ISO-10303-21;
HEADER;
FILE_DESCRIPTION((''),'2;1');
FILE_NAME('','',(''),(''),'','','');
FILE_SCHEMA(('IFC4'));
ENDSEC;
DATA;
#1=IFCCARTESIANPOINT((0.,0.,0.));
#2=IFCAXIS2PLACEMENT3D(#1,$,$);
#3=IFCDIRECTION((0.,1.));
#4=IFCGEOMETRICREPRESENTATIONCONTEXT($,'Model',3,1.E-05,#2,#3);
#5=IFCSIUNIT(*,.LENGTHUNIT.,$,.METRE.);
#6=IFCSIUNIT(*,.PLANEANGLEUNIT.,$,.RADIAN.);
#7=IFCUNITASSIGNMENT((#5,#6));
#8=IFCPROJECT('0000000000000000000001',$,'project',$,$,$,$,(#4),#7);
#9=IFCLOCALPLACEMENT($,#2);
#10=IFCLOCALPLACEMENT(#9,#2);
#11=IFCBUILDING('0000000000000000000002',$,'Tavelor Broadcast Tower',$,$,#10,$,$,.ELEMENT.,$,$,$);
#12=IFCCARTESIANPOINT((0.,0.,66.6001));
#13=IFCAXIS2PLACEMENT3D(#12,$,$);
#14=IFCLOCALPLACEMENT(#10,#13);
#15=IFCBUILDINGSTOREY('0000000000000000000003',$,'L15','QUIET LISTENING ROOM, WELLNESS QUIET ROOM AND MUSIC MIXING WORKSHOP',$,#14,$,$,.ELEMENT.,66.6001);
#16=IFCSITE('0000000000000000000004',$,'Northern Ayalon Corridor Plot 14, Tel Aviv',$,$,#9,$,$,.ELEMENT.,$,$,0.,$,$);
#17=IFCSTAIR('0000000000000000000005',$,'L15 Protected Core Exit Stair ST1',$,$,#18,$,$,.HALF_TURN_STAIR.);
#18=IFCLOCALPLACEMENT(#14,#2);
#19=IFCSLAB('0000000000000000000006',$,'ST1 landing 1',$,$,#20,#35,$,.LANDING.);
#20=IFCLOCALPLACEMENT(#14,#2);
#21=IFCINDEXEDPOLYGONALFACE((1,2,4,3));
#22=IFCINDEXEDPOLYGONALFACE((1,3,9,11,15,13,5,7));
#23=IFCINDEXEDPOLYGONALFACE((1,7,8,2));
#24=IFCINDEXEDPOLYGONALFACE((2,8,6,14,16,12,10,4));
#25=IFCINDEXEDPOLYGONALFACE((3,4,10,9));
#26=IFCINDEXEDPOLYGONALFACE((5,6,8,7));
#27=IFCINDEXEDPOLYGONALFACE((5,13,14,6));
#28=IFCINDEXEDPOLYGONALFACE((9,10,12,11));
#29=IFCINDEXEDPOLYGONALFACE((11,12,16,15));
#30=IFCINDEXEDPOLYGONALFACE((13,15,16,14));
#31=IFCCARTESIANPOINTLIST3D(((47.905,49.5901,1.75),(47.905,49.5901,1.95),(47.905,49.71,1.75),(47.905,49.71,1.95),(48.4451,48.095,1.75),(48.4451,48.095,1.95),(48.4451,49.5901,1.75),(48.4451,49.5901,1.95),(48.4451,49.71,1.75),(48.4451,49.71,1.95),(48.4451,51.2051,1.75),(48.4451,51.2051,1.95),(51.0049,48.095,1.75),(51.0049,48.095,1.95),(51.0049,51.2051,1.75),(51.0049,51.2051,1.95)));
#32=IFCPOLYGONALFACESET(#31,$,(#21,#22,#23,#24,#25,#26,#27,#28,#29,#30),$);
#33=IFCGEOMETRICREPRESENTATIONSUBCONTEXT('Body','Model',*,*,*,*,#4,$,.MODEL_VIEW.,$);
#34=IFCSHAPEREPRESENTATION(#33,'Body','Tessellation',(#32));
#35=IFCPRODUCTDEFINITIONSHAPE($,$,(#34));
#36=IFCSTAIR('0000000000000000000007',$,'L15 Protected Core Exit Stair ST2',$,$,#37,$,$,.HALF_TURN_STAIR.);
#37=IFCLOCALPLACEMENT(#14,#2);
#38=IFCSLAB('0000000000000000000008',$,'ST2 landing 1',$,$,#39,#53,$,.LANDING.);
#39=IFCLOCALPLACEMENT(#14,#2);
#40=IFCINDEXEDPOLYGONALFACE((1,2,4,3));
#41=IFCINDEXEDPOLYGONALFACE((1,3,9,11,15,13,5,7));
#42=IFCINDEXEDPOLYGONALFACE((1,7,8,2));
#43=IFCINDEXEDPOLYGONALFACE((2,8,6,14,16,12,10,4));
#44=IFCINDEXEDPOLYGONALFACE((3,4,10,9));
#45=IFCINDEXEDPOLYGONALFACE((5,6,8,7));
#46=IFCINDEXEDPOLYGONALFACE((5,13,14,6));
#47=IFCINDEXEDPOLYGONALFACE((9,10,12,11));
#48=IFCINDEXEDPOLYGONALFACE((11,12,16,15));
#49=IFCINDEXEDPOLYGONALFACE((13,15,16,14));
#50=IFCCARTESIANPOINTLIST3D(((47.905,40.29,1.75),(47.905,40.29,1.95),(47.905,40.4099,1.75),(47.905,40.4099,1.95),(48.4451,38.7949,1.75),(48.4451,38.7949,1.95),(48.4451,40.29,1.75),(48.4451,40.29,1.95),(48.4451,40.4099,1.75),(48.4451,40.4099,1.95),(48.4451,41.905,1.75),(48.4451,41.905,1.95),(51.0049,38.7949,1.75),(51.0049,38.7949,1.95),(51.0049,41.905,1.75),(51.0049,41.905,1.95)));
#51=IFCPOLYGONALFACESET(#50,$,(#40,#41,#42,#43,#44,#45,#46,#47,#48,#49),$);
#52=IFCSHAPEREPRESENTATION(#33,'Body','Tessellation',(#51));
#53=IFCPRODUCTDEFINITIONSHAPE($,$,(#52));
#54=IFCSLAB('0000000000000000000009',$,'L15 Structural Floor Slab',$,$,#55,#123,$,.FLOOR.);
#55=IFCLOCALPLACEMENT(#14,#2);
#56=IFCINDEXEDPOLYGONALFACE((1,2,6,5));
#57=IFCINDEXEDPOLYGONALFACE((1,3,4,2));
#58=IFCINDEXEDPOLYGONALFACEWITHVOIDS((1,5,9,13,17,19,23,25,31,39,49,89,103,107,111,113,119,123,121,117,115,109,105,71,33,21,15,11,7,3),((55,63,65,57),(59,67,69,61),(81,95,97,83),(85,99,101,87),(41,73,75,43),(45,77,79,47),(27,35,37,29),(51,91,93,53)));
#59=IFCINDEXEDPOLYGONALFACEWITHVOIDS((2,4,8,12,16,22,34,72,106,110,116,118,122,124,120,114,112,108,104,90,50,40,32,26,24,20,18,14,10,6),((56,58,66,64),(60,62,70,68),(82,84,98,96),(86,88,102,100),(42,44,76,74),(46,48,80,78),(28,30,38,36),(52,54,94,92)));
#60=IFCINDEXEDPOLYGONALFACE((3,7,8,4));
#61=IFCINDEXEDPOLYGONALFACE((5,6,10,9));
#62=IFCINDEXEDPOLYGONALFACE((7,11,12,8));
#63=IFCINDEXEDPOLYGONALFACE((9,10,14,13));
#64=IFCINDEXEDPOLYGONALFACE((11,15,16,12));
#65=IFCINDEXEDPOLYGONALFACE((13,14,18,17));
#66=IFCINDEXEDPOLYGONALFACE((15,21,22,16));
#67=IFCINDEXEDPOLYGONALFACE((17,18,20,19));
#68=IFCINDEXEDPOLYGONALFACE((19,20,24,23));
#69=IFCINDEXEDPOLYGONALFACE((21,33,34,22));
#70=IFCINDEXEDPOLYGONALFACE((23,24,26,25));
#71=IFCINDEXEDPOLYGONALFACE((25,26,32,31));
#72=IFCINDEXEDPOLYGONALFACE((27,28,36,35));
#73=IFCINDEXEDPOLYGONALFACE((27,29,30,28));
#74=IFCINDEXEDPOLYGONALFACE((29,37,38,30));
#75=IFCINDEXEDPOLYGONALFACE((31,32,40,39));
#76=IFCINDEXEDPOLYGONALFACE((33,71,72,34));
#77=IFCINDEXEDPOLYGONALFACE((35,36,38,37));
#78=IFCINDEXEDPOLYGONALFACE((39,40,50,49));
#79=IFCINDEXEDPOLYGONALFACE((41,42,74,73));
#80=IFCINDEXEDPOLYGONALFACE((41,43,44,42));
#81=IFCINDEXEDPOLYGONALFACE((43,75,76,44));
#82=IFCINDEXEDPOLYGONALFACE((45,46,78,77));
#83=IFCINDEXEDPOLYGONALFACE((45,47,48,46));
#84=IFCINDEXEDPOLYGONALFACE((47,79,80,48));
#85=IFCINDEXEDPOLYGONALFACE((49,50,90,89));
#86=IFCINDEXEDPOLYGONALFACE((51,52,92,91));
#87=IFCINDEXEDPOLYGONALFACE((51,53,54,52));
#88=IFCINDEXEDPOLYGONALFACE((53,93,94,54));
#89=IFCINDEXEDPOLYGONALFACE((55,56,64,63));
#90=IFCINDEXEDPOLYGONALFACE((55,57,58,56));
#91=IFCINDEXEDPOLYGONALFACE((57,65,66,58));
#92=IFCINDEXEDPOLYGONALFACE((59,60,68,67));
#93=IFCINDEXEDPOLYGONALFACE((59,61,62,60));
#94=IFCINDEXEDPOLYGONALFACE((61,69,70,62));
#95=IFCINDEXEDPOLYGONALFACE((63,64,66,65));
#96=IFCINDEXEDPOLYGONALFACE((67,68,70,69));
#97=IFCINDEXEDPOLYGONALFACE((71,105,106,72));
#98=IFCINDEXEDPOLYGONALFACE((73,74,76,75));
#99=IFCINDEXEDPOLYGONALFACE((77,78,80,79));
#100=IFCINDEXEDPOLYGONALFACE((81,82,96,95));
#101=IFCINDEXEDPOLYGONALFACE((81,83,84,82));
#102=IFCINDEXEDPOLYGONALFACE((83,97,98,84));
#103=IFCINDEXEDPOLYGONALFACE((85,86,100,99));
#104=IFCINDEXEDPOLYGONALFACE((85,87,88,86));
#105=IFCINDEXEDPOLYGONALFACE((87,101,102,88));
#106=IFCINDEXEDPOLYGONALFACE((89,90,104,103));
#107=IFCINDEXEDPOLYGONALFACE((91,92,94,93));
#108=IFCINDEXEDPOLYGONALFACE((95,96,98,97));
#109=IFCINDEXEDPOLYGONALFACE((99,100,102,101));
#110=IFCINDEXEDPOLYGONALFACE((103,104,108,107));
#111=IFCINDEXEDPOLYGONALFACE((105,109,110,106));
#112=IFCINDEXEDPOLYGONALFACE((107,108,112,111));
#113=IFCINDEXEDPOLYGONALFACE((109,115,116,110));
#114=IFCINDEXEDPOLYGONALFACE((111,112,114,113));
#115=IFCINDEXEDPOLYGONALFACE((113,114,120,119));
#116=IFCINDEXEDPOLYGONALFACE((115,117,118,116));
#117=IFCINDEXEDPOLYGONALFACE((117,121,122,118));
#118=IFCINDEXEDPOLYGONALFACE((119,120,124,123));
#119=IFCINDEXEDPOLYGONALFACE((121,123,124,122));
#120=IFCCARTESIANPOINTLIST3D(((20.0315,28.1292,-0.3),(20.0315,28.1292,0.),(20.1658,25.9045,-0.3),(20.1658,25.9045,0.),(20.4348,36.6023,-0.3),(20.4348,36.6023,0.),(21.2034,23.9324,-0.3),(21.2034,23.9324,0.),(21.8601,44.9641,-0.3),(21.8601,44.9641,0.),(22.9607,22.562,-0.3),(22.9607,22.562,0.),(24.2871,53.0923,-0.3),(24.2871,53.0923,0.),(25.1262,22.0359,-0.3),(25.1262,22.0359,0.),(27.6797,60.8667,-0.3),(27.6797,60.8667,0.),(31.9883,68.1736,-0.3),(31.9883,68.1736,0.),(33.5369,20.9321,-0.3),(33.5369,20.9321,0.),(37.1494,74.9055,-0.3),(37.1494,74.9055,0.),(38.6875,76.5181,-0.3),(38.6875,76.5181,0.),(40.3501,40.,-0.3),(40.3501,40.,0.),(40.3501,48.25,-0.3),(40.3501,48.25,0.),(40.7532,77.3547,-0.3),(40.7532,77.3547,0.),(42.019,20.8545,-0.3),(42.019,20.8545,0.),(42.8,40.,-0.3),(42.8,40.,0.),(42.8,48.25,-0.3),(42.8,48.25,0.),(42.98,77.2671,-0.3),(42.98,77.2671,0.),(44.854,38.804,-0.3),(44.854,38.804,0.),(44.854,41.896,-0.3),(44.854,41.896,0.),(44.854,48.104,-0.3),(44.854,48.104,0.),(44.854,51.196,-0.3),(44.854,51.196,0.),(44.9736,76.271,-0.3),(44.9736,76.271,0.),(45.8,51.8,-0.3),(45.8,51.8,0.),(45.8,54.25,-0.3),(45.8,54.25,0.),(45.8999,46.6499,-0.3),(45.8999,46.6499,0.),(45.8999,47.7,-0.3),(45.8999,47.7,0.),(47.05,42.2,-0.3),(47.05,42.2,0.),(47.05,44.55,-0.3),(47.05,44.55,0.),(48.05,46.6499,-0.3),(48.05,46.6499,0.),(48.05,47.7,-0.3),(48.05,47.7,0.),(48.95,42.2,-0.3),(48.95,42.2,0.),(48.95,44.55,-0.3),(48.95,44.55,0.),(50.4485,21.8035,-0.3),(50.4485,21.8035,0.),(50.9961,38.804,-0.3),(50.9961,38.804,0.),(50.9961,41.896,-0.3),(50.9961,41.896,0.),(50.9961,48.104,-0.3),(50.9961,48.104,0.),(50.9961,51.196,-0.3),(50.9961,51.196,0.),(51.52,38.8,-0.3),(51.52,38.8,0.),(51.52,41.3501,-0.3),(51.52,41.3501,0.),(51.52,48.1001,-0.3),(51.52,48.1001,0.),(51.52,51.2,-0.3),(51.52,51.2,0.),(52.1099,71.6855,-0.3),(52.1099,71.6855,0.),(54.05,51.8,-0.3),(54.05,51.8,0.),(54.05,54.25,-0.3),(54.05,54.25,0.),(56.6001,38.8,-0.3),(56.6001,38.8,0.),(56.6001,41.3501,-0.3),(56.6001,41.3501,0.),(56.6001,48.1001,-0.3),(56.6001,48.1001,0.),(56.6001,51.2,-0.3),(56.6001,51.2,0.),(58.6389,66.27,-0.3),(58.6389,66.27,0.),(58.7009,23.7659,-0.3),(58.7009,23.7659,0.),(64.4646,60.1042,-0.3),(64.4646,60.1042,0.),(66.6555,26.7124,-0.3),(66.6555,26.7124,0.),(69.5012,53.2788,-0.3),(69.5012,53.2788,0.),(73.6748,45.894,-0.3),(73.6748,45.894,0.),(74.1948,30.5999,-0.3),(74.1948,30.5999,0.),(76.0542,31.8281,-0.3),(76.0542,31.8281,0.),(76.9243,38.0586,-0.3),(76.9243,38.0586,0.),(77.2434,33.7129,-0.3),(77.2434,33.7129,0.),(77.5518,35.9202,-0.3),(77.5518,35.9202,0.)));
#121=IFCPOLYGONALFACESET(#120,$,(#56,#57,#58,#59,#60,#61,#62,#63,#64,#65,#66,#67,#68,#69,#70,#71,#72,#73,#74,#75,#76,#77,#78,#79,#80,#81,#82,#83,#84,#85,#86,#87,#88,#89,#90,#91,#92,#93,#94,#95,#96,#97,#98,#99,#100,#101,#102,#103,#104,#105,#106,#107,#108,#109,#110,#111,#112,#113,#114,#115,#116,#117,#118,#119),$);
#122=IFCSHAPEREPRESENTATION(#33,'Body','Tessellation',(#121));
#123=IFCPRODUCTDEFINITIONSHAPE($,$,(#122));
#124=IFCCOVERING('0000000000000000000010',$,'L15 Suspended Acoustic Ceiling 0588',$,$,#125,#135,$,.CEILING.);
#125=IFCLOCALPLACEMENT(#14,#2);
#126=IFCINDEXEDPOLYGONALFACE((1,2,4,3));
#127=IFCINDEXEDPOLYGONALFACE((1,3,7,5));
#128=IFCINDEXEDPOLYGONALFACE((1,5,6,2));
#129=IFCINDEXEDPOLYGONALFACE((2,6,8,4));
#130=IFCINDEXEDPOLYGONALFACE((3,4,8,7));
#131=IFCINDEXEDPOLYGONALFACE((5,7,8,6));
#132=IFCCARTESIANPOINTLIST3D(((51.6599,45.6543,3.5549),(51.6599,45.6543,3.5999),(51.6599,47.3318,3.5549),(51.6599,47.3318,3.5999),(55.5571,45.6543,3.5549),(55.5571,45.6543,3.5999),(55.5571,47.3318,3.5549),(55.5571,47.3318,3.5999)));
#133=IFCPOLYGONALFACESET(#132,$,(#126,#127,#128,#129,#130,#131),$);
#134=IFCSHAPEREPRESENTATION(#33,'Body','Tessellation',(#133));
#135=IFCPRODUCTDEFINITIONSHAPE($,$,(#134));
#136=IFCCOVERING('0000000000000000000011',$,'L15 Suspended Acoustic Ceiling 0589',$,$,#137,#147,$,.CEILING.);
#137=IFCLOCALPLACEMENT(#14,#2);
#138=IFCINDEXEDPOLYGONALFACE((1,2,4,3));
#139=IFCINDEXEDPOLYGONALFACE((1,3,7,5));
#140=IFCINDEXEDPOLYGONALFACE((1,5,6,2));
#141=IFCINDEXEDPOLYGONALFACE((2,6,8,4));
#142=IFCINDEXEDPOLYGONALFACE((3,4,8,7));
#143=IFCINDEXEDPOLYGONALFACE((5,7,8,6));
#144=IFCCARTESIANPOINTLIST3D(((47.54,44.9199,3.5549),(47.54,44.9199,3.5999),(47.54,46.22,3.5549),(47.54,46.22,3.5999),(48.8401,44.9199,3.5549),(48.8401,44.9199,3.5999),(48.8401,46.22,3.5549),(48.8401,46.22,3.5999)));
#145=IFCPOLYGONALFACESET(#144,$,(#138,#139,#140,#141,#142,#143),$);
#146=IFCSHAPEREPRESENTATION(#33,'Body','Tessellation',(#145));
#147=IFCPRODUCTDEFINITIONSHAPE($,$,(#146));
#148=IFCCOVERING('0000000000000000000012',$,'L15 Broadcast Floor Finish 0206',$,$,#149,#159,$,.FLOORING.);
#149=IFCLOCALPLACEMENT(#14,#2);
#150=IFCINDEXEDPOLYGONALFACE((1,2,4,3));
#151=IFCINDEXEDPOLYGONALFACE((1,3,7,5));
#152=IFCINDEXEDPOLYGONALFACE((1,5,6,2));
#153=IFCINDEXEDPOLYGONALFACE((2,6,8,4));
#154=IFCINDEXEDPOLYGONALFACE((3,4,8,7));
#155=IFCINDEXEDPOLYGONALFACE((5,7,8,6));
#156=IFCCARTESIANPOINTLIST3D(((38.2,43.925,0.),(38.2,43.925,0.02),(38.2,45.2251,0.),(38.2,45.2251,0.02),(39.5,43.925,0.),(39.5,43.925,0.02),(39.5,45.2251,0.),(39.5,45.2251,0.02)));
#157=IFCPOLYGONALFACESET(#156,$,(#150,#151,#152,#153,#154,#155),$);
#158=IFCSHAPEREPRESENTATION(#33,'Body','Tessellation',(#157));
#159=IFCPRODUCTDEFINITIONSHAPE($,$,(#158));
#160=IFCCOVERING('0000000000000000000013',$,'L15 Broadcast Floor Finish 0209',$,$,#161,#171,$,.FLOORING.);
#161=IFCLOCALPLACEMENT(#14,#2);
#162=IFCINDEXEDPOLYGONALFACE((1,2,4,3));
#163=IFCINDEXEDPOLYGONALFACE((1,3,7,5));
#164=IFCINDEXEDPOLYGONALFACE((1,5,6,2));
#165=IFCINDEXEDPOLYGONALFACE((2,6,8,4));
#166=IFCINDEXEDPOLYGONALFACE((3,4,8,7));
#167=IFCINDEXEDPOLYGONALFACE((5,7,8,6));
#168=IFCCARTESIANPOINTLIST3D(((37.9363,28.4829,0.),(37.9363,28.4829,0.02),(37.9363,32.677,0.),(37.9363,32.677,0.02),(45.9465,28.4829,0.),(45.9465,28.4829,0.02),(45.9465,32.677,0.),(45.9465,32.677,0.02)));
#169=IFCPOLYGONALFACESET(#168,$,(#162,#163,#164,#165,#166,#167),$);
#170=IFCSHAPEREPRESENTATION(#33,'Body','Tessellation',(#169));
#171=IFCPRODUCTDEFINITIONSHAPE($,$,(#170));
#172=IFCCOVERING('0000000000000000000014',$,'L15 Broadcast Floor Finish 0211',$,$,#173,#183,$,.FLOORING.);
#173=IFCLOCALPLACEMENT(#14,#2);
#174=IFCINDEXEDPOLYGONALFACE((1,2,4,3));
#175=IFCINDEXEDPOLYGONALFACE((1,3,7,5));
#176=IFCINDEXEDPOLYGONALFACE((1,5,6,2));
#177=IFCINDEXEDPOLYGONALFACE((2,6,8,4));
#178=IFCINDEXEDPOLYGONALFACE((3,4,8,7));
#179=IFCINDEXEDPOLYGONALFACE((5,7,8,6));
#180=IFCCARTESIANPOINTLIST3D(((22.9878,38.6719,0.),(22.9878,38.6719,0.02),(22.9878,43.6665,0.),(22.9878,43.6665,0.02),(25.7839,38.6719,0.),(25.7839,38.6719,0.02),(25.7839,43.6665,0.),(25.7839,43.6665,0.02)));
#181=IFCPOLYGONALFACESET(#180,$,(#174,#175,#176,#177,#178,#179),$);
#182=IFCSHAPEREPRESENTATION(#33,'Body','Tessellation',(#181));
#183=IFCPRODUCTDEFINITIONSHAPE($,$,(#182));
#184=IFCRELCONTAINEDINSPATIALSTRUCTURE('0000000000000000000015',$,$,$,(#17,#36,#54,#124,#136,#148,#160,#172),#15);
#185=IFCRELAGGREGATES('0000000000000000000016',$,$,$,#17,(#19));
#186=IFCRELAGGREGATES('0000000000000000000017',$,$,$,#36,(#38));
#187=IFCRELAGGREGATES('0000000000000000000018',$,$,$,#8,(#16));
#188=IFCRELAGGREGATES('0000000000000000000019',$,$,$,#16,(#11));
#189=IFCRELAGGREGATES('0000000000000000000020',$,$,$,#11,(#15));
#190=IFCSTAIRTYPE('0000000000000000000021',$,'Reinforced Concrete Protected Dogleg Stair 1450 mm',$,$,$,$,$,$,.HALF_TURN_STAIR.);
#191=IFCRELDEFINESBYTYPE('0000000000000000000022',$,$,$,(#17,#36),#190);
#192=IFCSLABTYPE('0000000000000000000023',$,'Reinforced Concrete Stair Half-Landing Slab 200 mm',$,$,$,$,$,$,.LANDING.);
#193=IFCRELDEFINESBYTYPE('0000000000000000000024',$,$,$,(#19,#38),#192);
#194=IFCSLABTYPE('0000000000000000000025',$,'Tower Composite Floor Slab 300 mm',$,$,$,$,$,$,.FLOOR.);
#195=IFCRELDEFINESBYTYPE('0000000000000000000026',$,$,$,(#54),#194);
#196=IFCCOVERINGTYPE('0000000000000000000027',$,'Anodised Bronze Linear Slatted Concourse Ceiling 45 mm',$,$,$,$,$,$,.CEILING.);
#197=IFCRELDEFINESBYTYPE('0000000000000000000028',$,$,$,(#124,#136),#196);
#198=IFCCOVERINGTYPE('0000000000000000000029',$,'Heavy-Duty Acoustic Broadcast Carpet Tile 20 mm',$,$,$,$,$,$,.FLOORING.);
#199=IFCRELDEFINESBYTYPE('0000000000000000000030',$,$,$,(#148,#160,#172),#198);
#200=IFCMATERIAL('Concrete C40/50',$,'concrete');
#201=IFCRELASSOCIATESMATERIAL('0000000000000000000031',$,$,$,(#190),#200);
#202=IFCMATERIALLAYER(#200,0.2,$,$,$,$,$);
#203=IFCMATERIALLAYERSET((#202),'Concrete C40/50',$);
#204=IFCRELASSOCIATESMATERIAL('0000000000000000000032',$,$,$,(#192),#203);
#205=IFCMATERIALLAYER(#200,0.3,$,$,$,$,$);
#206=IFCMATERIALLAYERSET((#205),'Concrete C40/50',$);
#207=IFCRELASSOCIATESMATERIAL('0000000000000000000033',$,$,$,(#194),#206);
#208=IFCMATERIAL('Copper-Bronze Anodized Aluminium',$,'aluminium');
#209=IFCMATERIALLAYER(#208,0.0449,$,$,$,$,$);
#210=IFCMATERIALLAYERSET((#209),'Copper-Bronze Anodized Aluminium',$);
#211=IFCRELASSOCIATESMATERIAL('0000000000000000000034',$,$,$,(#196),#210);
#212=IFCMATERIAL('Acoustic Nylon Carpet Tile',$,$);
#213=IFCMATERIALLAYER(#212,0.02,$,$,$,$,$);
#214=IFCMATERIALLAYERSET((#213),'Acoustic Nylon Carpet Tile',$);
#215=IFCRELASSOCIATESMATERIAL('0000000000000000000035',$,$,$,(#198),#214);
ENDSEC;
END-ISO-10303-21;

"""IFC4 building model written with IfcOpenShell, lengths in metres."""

from ifc_helpers import new_model, si_unit, direction, frame, origin, place, context, subcontext, project, spatial, polyline, outline, extrude, material, layer, layer_set, type_object, element, aggregate, save


model = new_model("IFC4")

# Units and contexts
model_context = context("Model", 3, precision=1e-05, world=origin(), true_north=direction((0.0, 1.0)))
body_context = subcontext(model_context, "Body", "Model", "MODEL_VIEW")
ifc_project = project(units=[si_unit("LENGTHUNIT", "METRE"), si_unit("PLANEANGLEUNIT", "RADIAN")], contexts=[model_context])

# Site, building, storey
site_placement = place(None, origin())
site = spatial("IfcSite", under=ifc_project, at=site_placement, Name="Northern Ayalon Corridor Plot 14, Tel Aviv", CompositionType="ELEMENT", RefElevation=0.0)
building_placement = place(site_placement, origin())
building = spatial("IfcBuilding", under=site, at=building_placement, Name="Tavelor Broadcast Tower", CompositionType="ELEMENT")
storey_placement = place(building_placement, frame((0.0, 0.0, 66.6001)))
storey = spatial("IfcBuildingStorey", under=building, at=storey_placement, Name="L15", Description="QUIET LISTENING ROOM, WELLNESS QUIET ROOM AND MUSIC MIXING WORKSHOP", CompositionType="ELEMENT", Elevation=66.6001)

# Stairs, slabs
ifc_material_1 = material(Name="Concrete C40/50", Category="concrete")
stair_type = type_object("IfcStairType", Name="Reinforced Concrete Protected Dogleg Stair 1450 mm", PredefinedType="HALF_TURN_STAIR", material=ifc_material_1)
stair_1_placement = place(storey_placement, origin())
stair_1 = element("IfcStair", 1, at=stair_1_placement, inside=storey, type_object=stair_type, Name="L15 Protected Core Exit Stair ST1", PredefinedType="HALF_TURN_STAIR")
ifc_layer_1 = layer(ifc_material_1, 0.2)
ifc_layer_set_1 = layer_set([ifc_layer_1], Name="Concrete C40/50")
slab_type_1 = type_object("IfcSlabType", Name="Reinforced Concrete Stair Half-Landing Slab 200 mm", PredefinedType="LANDING", material=ifc_layer_set_1)
slab_1_placement = place(storey_placement, frame((0.0, 0.0, 1.75)))
slab_1 = element("IfcSlab", 2, at=slab_1_placement, type_object=slab_type_1, Name="ST1 landing 1", PredefinedType="LANDING", context=body_context, shape_type="SweptSolid", body=[
    extrude(outline(polyline([(48.4451, 49.5901), (48.4451, 48.095), (51.0049, 48.095), (51.0049, 51.2051), (48.4451, 51.2051), (48.4451, 49.71), (47.905, 49.71), (47.905, 49.5901), (48.4451, 49.5901)])), origin(), (0.0, 0.0, 1.0), 0.2),
])
aggregate(stair_1, [slab_1])
stair_2_placement = place(storey_placement, origin())
stair_2 = element("IfcStair", 3, at=stair_2_placement, inside=storey, type_object=stair_type, Name="L15 Protected Core Exit Stair ST2", PredefinedType="HALF_TURN_STAIR")
slab_2_placement = place(storey_placement, frame((0.0, 0.0, 1.75)))
slab_2 = element("IfcSlab", 4, at=slab_2_placement, type_object=slab_type_1, Name="ST2 landing 1", PredefinedType="LANDING", context=body_context, shape_type="SweptSolid", body=[
    extrude(outline(polyline([(48.4451, 40.29), (48.4451, 38.7949), (51.0049, 38.7949), (51.0049, 41.905), (48.4451, 41.905), (48.4451, 40.4099), (47.905, 40.4099), (47.905, 40.29), (48.4451, 40.29)])), origin(), (0.0, 0.0, 1.0), 0.2),
])
aggregate(stair_2, [slab_2])

# Slab
ifc_layer_2 = layer(ifc_material_1, 0.3)
ifc_layer_set_2 = layer_set([ifc_layer_2], Name="Concrete C40/50")
slab_type_2 = type_object("IfcSlabType", Name="Tower Composite Floor Slab 300 mm", PredefinedType="FLOOR", material=ifc_layer_set_2)
slab_3_placement = place(storey_placement, frame((0.0, 0.0, -0.3)))
element("IfcSlab", 5, at=slab_3_placement, inside=storey, type_object=slab_type_2, Name="L15 Structural Floor Slab", PredefinedType="FLOOR", context=body_context, shape_type="SweptSolid", body=[
    extrude(outline(polyline([(44.9736, 76.271), (42.98, 77.2671), (40.7532, 77.3547), (38.6875, 76.5181), (37.1494, 74.9055), (31.9883, 68.1736), (27.6797, 60.8667), (24.2871, 53.0923), (21.8601, 44.9641), (20.4348, 36.6023), (20.0315, 28.1292), (20.1658, 25.9045), (21.2034, 23.9324), (22.9607, 22.562), (25.1262, 22.0359), (33.5369, 20.9321), (42.019, 20.8545), (50.4485, 21.8035), (58.7009, 23.7659), (66.6555, 26.7124), (74.1948, 30.5999), (76.0542, 31.8281), (77.2434, 33.7129), (77.5518, 35.9202), (76.9243, 38.0586), (73.6748, 45.894), (69.5012, 53.2788), (64.4646, 60.1042), (58.6389, 66.27), (52.1099, 71.6855), (44.9736, 76.271)]), holes=[polyline([(56.6001, 38.8), (51.52, 38.8), (51.52, 41.3501), (56.6001, 41.3501), (56.6001, 38.8)]), polyline([(50.9961, 38.804), (44.854, 38.804), (44.854, 41.896), (50.9961, 41.896), (50.9961, 38.804)]), polyline([(47.05, 42.2), (47.05, 44.55), (48.95, 44.55), (48.95, 42.2), (47.05, 42.2)]), polyline([(40.3501, 40.0), (40.3501, 48.25), (42.8, 48.25), (42.8, 40.0), (40.3501, 40.0)]), polyline([(48.05, 46.6499), (45.8999, 46.6499), (45.8999, 47.7), (48.05, 47.7), (48.05, 46.6499)]), polyline([(50.9961, 48.104), (44.854, 48.104), (44.854, 51.196), (50.9961, 51.196), (50.9961, 48.104)]), polyline([(56.6001, 48.1001), (51.52, 48.1001), (51.52, 51.2), (56.6001, 51.2), (56.6001, 48.1001)]), polyline([(54.05, 51.8), (45.8, 51.8), (45.8, 54.25), (54.05, 54.25), (54.05, 51.8)])]), origin(), (0.0, 0.0, 1.0), 0.3),
])

# Coverings
ifc_material_2 = material(Name="Copper-Bronze Anodized Aluminium", Category="aluminium")
ifc_layer_3 = layer(ifc_material_2, 0.0449)
ifc_layer_set_3 = layer_set([ifc_layer_3], Name="Copper-Bronze Anodized Aluminium")
covering_type_1 = type_object("IfcCoveringType", Name="Anodised Bronze Linear Slatted Concourse Ceiling 45 mm", PredefinedType="CEILING", material=ifc_layer_set_3)
covering_1_placement = place(storey_placement, frame((0.0, 0.0, 3.5549)))
element("IfcCovering", 6, at=covering_1_placement, inside=storey, type_object=covering_type_1, Name="L15 Suspended Acoustic Ceiling 0588", PredefinedType="CEILING", context=body_context, shape_type="SweptSolid", body=[
    extrude(outline(polyline([(51.6599, 45.6543), (55.5571, 45.6543), (55.5571, 47.3318), (51.6599, 47.3318), (51.6599, 45.6543)])), origin(), (0.0, 0.0, 1.0), 0.0449),
])
covering_2_placement = place(storey_placement, frame((0.0, 0.0, 3.5549)))
element("IfcCovering", 7, at=covering_2_placement, inside=storey, type_object=covering_type_1, Name="L15 Suspended Acoustic Ceiling 0589", PredefinedType="CEILING", context=body_context, shape_type="SweptSolid", body=[
    extrude(outline(polyline([(47.54, 44.9199), (48.8401, 44.9199), (48.8401, 46.22), (47.54, 46.22), (47.54, 44.9199)])), origin(), (0.0, 0.0, 1.0), 0.0449),
])
ifc_material_3 = material(Name="Acoustic Nylon Carpet Tile")
ifc_layer_4 = layer(ifc_material_3, 0.02)
ifc_layer_set_4 = layer_set([ifc_layer_4], Name="Acoustic Nylon Carpet Tile")
covering_type_2 = type_object("IfcCoveringType", Name="Heavy-Duty Acoustic Broadcast Carpet Tile 20 mm", PredefinedType="FLOORING", material=ifc_layer_set_4)
covering_3_placement = place(storey_placement, origin())
element("IfcCovering", 8, at=covering_3_placement, inside=storey, type_object=covering_type_2, Name="L15 Broadcast Floor Finish 0206", PredefinedType="FLOORING", context=body_context, shape_type="SweptSolid", body=[
    extrude(outline(polyline([(38.2, 43.925), (39.5, 43.925), (39.5, 45.2251), (38.2, 45.2251), (38.2, 43.925)])), origin(), (0.0, 0.0, 1.0), 0.02),
])
covering_4_placement = place(storey_placement, origin())
element("IfcCovering", 9, at=covering_4_placement, inside=storey, type_object=covering_type_2, Name="L15 Broadcast Floor Finish 0209", PredefinedType="FLOORING", context=body_context, shape_type="SweptSolid", body=[
    extrude(outline(polyline([(37.9363, 28.4829), (45.9465, 28.4829), (45.9465, 32.677), (37.9363, 32.677), (37.9363, 28.4829)])), origin(), (0.0, 0.0, 1.0), 0.02),
])
covering_5_placement = place(storey_placement, origin())
element("IfcCovering", 10, at=covering_5_placement, inside=storey, type_object=covering_type_2, Name="L15 Broadcast Floor Finish 0211", PredefinedType="FLOORING", context=body_context, shape_type="SweptSolid", body=[
    extrude(outline(polyline([(22.9878, 38.6719), (25.7839, 38.6719), (25.7839, 43.6665), (22.9878, 43.6665), (22.9878, 38.6719)])), origin(), (0.0, 0.0, 1.0), 0.02),
])

save(model, "model.ifc")
